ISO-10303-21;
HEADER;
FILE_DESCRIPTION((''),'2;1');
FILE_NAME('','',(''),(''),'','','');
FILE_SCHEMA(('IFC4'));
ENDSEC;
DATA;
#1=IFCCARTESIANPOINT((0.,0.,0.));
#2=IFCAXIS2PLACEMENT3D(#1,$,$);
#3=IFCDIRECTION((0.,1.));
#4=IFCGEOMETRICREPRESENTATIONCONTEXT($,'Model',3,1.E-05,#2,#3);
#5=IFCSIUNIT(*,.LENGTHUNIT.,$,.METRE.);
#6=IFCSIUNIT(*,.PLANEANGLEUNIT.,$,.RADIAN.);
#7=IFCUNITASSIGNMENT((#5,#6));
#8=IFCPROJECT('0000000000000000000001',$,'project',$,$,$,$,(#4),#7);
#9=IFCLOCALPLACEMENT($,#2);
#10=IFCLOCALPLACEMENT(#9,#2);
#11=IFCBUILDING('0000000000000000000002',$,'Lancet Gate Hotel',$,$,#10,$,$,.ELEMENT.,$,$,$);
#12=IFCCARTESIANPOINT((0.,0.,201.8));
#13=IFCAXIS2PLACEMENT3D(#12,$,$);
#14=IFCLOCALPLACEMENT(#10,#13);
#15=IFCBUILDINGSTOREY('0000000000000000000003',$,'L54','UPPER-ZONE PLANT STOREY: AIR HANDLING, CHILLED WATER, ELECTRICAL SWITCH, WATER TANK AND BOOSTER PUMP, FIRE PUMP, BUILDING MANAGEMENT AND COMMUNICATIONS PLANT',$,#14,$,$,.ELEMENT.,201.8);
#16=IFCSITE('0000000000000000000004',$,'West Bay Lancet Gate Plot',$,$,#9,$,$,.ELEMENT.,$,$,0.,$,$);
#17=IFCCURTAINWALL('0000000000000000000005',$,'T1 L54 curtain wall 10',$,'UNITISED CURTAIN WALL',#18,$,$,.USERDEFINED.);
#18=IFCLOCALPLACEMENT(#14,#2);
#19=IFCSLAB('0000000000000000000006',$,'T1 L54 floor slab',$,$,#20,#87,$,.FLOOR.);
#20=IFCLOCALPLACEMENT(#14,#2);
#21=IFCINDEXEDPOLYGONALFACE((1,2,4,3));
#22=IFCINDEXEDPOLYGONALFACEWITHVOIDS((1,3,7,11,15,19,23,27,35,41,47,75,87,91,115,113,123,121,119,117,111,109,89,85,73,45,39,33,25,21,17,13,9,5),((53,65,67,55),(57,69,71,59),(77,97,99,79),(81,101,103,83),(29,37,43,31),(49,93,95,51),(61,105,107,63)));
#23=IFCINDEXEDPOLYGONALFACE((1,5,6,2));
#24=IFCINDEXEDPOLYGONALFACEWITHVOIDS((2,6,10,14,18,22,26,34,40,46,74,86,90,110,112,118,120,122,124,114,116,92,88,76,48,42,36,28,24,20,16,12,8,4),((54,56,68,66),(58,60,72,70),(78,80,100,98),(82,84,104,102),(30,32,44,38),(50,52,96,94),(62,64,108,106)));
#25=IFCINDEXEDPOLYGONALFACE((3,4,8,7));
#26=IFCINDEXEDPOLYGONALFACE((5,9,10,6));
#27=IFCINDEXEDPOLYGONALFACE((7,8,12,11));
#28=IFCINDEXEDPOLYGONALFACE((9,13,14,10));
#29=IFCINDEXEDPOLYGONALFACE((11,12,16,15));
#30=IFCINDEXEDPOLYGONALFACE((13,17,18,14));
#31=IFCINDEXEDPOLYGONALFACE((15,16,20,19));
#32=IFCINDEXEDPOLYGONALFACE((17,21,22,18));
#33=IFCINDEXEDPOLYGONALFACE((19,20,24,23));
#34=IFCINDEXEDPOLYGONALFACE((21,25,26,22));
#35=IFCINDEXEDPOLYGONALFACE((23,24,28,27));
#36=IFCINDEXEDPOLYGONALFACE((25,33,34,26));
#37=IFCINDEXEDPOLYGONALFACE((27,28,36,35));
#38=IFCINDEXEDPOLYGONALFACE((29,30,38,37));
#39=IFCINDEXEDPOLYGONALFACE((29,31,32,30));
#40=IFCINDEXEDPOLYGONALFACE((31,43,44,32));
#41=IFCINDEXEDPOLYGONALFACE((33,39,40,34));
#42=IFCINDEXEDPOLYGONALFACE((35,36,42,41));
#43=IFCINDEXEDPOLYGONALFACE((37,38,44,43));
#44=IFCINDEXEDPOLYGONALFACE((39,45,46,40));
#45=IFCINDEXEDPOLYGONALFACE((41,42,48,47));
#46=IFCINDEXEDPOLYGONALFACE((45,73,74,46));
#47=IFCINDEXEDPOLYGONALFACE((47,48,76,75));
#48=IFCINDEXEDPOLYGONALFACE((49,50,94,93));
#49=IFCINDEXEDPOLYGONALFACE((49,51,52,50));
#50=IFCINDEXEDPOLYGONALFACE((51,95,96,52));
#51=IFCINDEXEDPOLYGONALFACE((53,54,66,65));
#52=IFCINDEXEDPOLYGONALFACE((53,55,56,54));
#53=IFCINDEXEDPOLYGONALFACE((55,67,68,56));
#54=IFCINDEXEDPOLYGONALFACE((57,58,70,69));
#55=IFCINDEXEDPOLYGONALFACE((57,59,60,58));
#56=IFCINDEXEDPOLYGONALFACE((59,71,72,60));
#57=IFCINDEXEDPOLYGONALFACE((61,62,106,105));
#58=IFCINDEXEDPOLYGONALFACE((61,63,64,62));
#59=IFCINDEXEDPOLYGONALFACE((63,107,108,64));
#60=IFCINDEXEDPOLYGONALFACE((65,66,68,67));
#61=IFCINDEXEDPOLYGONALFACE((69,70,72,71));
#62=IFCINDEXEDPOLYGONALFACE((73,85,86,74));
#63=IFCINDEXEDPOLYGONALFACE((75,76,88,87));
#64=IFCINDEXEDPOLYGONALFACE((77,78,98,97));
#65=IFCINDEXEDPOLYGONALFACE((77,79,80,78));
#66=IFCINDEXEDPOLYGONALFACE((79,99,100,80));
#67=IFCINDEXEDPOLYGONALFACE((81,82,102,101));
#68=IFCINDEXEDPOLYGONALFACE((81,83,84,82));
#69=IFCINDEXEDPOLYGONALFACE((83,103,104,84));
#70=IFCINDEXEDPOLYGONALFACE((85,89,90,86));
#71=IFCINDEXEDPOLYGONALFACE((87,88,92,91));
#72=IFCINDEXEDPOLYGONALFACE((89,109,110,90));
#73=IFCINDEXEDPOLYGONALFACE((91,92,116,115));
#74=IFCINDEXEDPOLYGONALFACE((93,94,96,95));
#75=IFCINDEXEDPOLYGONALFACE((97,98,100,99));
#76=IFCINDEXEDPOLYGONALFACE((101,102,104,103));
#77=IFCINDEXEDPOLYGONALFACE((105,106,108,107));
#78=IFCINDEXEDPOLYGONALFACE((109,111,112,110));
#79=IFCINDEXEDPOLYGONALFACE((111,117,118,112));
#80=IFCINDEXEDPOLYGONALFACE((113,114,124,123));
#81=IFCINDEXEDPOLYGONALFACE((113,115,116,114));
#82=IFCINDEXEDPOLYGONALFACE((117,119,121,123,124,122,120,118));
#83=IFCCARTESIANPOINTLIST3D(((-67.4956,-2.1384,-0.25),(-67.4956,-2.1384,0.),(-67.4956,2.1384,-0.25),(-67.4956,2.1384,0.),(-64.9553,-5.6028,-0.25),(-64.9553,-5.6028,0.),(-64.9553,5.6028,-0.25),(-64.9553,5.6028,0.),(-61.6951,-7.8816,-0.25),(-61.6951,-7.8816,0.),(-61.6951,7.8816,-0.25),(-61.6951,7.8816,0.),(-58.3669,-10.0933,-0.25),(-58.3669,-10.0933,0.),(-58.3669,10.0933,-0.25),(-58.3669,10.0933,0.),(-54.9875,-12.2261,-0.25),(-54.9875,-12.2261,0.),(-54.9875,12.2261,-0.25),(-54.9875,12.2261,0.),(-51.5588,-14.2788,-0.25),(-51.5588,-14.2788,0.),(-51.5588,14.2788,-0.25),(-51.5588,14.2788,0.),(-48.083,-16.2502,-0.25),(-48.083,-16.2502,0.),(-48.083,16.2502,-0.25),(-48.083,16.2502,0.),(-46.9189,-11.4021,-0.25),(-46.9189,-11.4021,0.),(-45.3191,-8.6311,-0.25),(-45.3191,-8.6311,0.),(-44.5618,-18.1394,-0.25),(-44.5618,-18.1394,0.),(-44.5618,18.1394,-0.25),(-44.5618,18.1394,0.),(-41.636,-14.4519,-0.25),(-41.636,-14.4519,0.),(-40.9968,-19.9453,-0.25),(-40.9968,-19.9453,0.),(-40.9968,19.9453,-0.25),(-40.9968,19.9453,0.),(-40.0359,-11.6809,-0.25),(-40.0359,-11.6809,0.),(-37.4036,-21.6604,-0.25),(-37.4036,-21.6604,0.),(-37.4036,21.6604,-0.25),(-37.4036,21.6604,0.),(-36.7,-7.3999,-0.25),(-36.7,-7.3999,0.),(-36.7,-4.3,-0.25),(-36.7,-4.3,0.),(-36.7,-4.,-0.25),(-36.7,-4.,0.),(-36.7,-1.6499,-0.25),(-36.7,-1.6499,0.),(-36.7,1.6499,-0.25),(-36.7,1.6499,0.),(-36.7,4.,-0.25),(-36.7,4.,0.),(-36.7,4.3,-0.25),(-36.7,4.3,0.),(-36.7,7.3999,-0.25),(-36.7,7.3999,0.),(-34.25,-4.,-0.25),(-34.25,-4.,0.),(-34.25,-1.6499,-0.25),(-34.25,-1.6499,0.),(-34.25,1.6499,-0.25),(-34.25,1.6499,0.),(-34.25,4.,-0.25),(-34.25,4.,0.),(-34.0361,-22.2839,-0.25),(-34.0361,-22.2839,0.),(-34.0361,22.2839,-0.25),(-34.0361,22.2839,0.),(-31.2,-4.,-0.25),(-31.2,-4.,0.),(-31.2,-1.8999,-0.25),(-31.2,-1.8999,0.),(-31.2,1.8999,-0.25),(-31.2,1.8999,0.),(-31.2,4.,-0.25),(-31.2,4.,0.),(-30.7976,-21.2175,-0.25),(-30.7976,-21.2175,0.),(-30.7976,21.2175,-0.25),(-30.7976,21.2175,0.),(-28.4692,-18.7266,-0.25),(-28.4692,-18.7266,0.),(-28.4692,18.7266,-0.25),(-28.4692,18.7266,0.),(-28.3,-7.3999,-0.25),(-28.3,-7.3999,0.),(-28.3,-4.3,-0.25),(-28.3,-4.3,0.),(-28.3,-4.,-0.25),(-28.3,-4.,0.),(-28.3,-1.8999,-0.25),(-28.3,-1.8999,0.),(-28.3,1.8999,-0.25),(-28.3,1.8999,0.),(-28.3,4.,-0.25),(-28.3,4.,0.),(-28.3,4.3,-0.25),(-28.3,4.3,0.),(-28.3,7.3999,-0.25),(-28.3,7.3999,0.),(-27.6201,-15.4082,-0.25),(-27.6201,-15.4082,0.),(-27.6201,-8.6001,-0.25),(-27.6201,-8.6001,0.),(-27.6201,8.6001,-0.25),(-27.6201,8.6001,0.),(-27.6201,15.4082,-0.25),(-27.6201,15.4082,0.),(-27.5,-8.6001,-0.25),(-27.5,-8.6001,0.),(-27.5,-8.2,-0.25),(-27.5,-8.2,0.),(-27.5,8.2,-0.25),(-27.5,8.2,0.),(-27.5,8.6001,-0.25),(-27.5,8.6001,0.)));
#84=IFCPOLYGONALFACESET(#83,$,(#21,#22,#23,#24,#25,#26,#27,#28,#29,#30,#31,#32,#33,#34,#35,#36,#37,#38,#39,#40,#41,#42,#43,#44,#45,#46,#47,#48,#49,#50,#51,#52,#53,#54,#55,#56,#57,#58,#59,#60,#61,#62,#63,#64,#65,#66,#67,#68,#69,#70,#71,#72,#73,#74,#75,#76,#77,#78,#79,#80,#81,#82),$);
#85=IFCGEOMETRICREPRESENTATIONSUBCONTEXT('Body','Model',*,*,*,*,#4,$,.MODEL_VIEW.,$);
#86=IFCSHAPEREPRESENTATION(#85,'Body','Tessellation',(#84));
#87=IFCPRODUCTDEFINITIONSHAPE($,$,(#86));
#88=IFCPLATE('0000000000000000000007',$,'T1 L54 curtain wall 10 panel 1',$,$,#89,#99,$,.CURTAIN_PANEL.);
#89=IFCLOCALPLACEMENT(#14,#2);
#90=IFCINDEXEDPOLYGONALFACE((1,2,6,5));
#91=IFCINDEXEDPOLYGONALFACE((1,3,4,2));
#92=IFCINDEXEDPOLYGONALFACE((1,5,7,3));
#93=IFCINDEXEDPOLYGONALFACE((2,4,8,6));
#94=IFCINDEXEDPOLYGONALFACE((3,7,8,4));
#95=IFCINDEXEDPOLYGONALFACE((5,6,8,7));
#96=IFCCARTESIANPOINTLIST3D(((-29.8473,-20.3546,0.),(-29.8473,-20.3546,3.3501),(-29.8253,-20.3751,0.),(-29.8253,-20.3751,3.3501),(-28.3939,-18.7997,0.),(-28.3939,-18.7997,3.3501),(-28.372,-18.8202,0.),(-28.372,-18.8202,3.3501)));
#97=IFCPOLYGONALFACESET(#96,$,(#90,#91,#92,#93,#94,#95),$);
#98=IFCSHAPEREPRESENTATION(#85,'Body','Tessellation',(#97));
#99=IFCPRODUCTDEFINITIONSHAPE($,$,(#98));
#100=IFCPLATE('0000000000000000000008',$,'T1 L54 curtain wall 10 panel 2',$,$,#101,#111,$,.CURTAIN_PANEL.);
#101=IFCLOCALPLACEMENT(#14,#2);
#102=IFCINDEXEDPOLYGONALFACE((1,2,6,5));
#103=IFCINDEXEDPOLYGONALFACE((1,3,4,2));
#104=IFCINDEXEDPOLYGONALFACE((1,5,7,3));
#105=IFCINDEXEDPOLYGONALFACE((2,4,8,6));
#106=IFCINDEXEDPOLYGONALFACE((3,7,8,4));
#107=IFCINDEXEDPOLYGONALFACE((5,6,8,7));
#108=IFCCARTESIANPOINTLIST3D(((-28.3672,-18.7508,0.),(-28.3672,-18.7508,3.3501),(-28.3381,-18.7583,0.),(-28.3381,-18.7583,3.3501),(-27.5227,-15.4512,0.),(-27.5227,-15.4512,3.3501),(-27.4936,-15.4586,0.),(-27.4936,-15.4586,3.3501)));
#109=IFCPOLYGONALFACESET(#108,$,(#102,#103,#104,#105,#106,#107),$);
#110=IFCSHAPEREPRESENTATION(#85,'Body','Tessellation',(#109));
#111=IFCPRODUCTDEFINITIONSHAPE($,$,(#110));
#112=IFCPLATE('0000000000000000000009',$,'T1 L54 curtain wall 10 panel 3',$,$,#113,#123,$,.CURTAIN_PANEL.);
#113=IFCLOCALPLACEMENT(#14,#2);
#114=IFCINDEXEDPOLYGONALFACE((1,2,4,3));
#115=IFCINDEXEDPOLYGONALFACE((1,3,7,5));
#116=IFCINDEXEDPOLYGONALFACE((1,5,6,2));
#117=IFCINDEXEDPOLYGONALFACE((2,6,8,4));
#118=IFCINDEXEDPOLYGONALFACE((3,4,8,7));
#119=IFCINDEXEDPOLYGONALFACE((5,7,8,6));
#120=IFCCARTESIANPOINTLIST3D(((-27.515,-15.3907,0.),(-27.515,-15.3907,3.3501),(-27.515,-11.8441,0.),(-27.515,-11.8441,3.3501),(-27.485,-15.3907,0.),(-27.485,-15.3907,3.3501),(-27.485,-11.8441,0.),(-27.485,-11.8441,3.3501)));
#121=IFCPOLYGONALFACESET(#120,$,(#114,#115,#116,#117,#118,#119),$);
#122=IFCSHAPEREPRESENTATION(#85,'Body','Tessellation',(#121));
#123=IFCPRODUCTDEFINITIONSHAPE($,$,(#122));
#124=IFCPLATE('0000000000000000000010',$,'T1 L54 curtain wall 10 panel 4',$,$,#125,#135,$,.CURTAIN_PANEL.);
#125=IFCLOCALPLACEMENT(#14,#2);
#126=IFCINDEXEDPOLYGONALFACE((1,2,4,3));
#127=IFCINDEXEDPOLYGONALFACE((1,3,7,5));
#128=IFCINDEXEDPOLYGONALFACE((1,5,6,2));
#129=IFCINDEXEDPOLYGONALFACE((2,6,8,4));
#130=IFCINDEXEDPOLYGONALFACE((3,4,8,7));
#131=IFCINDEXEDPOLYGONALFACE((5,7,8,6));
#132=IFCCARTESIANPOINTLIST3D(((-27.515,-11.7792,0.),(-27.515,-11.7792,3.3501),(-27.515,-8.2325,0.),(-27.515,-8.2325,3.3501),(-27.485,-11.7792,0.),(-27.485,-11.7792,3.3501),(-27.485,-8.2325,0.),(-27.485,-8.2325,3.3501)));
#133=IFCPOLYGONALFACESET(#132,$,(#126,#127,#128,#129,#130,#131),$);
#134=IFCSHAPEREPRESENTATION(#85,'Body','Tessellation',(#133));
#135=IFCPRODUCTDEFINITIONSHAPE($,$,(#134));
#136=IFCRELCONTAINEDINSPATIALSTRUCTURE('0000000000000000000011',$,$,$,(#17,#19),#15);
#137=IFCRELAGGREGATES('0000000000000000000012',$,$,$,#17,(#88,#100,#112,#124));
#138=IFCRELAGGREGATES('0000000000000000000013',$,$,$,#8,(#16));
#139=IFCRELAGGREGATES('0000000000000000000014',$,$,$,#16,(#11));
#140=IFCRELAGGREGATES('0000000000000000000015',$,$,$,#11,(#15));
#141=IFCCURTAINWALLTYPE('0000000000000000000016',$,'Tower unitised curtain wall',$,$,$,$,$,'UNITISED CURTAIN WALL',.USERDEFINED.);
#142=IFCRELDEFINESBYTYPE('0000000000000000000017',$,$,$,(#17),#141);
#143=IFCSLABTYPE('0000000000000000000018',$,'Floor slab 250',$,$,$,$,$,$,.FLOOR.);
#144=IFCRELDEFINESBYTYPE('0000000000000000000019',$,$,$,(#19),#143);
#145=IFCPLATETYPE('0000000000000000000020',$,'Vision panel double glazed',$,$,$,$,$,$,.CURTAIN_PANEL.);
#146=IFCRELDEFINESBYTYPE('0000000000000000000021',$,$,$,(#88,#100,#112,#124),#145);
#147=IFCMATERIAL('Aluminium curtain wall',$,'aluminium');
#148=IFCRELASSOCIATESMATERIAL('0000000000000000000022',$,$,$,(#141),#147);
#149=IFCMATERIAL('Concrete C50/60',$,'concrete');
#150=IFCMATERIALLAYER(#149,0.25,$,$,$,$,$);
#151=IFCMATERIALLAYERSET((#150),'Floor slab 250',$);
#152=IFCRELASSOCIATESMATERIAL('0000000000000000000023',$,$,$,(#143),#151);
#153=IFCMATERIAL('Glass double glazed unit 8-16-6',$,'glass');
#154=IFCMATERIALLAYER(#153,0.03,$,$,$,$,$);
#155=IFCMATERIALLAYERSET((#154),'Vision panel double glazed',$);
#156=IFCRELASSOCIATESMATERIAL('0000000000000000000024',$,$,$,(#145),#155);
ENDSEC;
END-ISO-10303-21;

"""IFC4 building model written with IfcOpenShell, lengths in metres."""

from ifc_helpers import new_model, si_unit, direction, frame, origin, origin_2d, place, context, subcontext, project, spatial, polyline, rectangle, outline, extrude, material, layer, layer_set, type_object, element, aggregate, save


model = new_model("IFC4")

# Units and contexts
model_context = context("Model", 3, precision=1e-05, world=origin(), true_north=direction((0.0, 1.0)))
body_context = subcontext(model_context, "Body", "Model", "MODEL_VIEW")
ifc_project = project(units=[si_unit("LENGTHUNIT", "METRE"), si_unit("PLANEANGLEUNIT", "RADIAN")], contexts=[model_context])

# Site, building, storey
site_placement = place(None, origin())
site = spatial("IfcSite", under=ifc_project, at=site_placement, Name="West Bay Lancet Gate Plot", CompositionType="ELEMENT", RefElevation=0.0)
building_placement = place(site_placement, origin())
building = spatial("IfcBuilding", under=site, at=building_placement, Name="Lancet Gate Hotel", CompositionType="ELEMENT")
storey_placement = place(building_placement, frame((0.0, 0.0, 201.8)))
storey = spatial("IfcBuildingStorey", under=building, at=storey_placement, Name="L54", Description="UPPER-ZONE PLANT STOREY: AIR HANDLING, CHILLED WATER, ELECTRICAL SWITCH, WATER TANK AND BOOSTER PUMP, FIRE PUMP, BUILDING MANAGEMENT AND COMMUNICATIONS PLANT", CompositionType="ELEMENT", Elevation=201.8)

# Curtain wall
ifc_material_1 = material(Name="Aluminium curtain wall", Category="aluminium")
curtain_wall_type = type_object("IfcCurtainWallType", Name="Tower unitised curtain wall", ElementType="UNITISED CURTAIN WALL", PredefinedType="USERDEFINED", material=ifc_material_1)
curtain_wall_placement = place(storey_placement, origin())
curtain_wall = element("IfcCurtainWall", 1, at=curtain_wall_placement, inside=storey, type_object=curtain_wall_type, Name="T1 L54 curtain wall 10", ObjectType="UNITISED CURTAIN WALL", PredefinedType="USERDEFINED")

# Slab
ifc_material_2 = material(Name="Concrete C50/60", Category="concrete")
ifc_layer_1 = layer(ifc_material_2, 0.25)
ifc_layer_set_1 = layer_set([ifc_layer_1], Name="Floor slab 250")
slab_type = type_object("IfcSlabType", Name="Floor slab 250", PredefinedType="FLOOR", material=ifc_layer_set_1)
slab_placement = place(storey_placement, frame((0.0, 0.0, -0.25)))
element("IfcSlab", 2, at=slab_placement, inside=storey, type_object=slab_type, Name="T1 L54 floor slab", PredefinedType="FLOOR", context=body_context, shape_type="SweptSolid", body=[
    extrude(outline(polyline([(-27.5, 8.6001), (-27.6201, 8.6001), (-27.6201, 15.4082), (-28.4692, 18.7266), (-30.7976, 21.2175), (-34.0361, 22.2839), (-37.4036, 21.6604), (-40.9968, 19.9453), (-44.5618, 18.1394), (-48.083, 16.2502), (-51.5588, 14.2788), (-54.9875, 12.2261), (-58.3669, 10.0933), (-61.6951, 7.8816), (-64.9553, 5.6028), (-67.4956, 2.1384), (-67.4956, -2.1384), (-64.9553, -5.6028), (-61.6951, -7.8816), (-58.3669, -10.0933), (-54.9875, -12.2261), (-51.5588, -14.2788), (-48.083, -16.2502), (-44.5618, -18.1394), (-40.9968, -19.9453), (-37.4036, -21.6604), (-34.0361, -22.2839), (-30.7976, -21.2175), (-28.4692, -18.7266), (-27.6201, -15.4082), (-27.6201, -8.6001), (-27.5, -8.6001), (-27.5, -8.2), (-27.5, 8.2), (-27.5, 8.6001)]), holes=[polyline([(-36.7, 7.3999), (-36.7, 4.3), (-28.3, 4.3), (-28.3, 7.3999), (-36.7, 7.3999)]), polyline([(-28.3, 4.0), (-31.2, 4.0), (-31.2, 1.8999), (-28.3, 1.8999), (-28.3, 4.0)]), polyline([(-34.25, 4.0), (-36.7, 4.0), (-36.7, 1.6499), (-34.25, 1.6499), (-34.25, 4.0)]), polyline([(-36.7, -1.6499), (-36.7, -4.0), (-34.25, -4.0), (-34.25, -1.6499), (-36.7, -1.6499)]), polyline([(-28.3, -1.8999), (-31.2, -1.8999), (-31.2, -4.0), (-28.3, -4.0), (-28.3, -1.8999)]), polyline([(-28.3, -4.3), (-36.7, -4.3), (-36.7, -7.3999), (-28.3, -7.3999), (-28.3, -4.3)]), polyline([(-45.3191, -8.6311), (-46.9189, -11.4021), (-41.636, -14.4519), (-40.0359, -11.6809), (-45.3191, -8.6311)])]), origin(), (0.0, 0.0, 1.0), 0.25),
])

# Plates
ifc_material_3 = material(Name="Glass double glazed unit 8-16-6", Category="glass")
ifc_layer_2 = layer(ifc_material_3, 0.03)
ifc_layer_set_2 = layer_set([ifc_layer_2], Name="Vision panel double glazed")
plate_type = type_object("IfcPlateType", Name="Vision panel double glazed", PredefinedType="CURTAIN_PANEL", material=ifc_layer_set_2)
plate_1_placement = place(storey_placement, frame((-29.1096, -19.5874, 0.0), z_axis=(0.0, 0.0, 1.0), x_axis=(0.682845, 0.730563, 0.0)))
plate_1 = element("IfcPlate", 3, at=plate_1_placement, type_object=plate_type, Name="T1 L54 curtain wall 10 panel 1", PredefinedType="CURTAIN_PANEL", context=body_context, shape_type="SweptSolid", body=[
    extrude(rectangle(XDim=2.1284, YDim=0.03, at=origin_2d()), origin(), (0.0, 0.0, 1.0), 3.3501),
])
plate_2_placement = place(storey_placement, frame((-27.9304, -17.1047, 0.0), z_axis=(0.0, 0.0, 1.0), x_axis=(0.247937, 0.968776, 0.0)))
plate_2 = element("IfcPlate", 4, at=plate_2_placement, type_object=plate_type, Name="T1 L54 curtain wall 10 panel 2", PredefinedType="CURTAIN_PANEL", context=body_context, shape_type="SweptSolid", body=[
    extrude(rectangle(XDim=3.406, YDim=0.03, at=origin_2d()), origin(), (0.0, 0.0, 1.0), 3.3501),
])
plate_3_placement = place(storey_placement, frame((-27.5, -13.6174, 0.0), z_axis=(0.0, 0.0, 1.0), x_axis=(0.0, 1.0, 0.0)))
plate_3 = element("IfcPlate", 5, at=plate_3_placement, type_object=plate_type, Name="T1 L54 curtain wall 10 panel 3", PredefinedType="CURTAIN_PANEL", context=body_context, shape_type="SweptSolid", body=[
    extrude(rectangle(XDim=3.5466, YDim=0.03, at=origin_2d()), origin(), (0.0, 0.0, 1.0), 3.3501),
])
plate_4_placement = place(storey_placement, frame((-27.5, -10.0059, 0.0), z_axis=(0.0, 0.0, 1.0), x_axis=(0.0, 1.0, 0.0)))
plate_4 = element("IfcPlate", 6, at=plate_4_placement, type_object=plate_type, Name="T1 L54 curtain wall 10 panel 4", PredefinedType="CURTAIN_PANEL", context=body_context, shape_type="SweptSolid", body=[
    extrude(rectangle(XDim=3.5466, YDim=0.03, at=origin_2d()), origin(), (0.0, 0.0, 1.0), 3.3501),
])
aggregate(curtain_wall, [plate_1, plate_2, plate_3, plate_4])

save(model, "model.ifc")
